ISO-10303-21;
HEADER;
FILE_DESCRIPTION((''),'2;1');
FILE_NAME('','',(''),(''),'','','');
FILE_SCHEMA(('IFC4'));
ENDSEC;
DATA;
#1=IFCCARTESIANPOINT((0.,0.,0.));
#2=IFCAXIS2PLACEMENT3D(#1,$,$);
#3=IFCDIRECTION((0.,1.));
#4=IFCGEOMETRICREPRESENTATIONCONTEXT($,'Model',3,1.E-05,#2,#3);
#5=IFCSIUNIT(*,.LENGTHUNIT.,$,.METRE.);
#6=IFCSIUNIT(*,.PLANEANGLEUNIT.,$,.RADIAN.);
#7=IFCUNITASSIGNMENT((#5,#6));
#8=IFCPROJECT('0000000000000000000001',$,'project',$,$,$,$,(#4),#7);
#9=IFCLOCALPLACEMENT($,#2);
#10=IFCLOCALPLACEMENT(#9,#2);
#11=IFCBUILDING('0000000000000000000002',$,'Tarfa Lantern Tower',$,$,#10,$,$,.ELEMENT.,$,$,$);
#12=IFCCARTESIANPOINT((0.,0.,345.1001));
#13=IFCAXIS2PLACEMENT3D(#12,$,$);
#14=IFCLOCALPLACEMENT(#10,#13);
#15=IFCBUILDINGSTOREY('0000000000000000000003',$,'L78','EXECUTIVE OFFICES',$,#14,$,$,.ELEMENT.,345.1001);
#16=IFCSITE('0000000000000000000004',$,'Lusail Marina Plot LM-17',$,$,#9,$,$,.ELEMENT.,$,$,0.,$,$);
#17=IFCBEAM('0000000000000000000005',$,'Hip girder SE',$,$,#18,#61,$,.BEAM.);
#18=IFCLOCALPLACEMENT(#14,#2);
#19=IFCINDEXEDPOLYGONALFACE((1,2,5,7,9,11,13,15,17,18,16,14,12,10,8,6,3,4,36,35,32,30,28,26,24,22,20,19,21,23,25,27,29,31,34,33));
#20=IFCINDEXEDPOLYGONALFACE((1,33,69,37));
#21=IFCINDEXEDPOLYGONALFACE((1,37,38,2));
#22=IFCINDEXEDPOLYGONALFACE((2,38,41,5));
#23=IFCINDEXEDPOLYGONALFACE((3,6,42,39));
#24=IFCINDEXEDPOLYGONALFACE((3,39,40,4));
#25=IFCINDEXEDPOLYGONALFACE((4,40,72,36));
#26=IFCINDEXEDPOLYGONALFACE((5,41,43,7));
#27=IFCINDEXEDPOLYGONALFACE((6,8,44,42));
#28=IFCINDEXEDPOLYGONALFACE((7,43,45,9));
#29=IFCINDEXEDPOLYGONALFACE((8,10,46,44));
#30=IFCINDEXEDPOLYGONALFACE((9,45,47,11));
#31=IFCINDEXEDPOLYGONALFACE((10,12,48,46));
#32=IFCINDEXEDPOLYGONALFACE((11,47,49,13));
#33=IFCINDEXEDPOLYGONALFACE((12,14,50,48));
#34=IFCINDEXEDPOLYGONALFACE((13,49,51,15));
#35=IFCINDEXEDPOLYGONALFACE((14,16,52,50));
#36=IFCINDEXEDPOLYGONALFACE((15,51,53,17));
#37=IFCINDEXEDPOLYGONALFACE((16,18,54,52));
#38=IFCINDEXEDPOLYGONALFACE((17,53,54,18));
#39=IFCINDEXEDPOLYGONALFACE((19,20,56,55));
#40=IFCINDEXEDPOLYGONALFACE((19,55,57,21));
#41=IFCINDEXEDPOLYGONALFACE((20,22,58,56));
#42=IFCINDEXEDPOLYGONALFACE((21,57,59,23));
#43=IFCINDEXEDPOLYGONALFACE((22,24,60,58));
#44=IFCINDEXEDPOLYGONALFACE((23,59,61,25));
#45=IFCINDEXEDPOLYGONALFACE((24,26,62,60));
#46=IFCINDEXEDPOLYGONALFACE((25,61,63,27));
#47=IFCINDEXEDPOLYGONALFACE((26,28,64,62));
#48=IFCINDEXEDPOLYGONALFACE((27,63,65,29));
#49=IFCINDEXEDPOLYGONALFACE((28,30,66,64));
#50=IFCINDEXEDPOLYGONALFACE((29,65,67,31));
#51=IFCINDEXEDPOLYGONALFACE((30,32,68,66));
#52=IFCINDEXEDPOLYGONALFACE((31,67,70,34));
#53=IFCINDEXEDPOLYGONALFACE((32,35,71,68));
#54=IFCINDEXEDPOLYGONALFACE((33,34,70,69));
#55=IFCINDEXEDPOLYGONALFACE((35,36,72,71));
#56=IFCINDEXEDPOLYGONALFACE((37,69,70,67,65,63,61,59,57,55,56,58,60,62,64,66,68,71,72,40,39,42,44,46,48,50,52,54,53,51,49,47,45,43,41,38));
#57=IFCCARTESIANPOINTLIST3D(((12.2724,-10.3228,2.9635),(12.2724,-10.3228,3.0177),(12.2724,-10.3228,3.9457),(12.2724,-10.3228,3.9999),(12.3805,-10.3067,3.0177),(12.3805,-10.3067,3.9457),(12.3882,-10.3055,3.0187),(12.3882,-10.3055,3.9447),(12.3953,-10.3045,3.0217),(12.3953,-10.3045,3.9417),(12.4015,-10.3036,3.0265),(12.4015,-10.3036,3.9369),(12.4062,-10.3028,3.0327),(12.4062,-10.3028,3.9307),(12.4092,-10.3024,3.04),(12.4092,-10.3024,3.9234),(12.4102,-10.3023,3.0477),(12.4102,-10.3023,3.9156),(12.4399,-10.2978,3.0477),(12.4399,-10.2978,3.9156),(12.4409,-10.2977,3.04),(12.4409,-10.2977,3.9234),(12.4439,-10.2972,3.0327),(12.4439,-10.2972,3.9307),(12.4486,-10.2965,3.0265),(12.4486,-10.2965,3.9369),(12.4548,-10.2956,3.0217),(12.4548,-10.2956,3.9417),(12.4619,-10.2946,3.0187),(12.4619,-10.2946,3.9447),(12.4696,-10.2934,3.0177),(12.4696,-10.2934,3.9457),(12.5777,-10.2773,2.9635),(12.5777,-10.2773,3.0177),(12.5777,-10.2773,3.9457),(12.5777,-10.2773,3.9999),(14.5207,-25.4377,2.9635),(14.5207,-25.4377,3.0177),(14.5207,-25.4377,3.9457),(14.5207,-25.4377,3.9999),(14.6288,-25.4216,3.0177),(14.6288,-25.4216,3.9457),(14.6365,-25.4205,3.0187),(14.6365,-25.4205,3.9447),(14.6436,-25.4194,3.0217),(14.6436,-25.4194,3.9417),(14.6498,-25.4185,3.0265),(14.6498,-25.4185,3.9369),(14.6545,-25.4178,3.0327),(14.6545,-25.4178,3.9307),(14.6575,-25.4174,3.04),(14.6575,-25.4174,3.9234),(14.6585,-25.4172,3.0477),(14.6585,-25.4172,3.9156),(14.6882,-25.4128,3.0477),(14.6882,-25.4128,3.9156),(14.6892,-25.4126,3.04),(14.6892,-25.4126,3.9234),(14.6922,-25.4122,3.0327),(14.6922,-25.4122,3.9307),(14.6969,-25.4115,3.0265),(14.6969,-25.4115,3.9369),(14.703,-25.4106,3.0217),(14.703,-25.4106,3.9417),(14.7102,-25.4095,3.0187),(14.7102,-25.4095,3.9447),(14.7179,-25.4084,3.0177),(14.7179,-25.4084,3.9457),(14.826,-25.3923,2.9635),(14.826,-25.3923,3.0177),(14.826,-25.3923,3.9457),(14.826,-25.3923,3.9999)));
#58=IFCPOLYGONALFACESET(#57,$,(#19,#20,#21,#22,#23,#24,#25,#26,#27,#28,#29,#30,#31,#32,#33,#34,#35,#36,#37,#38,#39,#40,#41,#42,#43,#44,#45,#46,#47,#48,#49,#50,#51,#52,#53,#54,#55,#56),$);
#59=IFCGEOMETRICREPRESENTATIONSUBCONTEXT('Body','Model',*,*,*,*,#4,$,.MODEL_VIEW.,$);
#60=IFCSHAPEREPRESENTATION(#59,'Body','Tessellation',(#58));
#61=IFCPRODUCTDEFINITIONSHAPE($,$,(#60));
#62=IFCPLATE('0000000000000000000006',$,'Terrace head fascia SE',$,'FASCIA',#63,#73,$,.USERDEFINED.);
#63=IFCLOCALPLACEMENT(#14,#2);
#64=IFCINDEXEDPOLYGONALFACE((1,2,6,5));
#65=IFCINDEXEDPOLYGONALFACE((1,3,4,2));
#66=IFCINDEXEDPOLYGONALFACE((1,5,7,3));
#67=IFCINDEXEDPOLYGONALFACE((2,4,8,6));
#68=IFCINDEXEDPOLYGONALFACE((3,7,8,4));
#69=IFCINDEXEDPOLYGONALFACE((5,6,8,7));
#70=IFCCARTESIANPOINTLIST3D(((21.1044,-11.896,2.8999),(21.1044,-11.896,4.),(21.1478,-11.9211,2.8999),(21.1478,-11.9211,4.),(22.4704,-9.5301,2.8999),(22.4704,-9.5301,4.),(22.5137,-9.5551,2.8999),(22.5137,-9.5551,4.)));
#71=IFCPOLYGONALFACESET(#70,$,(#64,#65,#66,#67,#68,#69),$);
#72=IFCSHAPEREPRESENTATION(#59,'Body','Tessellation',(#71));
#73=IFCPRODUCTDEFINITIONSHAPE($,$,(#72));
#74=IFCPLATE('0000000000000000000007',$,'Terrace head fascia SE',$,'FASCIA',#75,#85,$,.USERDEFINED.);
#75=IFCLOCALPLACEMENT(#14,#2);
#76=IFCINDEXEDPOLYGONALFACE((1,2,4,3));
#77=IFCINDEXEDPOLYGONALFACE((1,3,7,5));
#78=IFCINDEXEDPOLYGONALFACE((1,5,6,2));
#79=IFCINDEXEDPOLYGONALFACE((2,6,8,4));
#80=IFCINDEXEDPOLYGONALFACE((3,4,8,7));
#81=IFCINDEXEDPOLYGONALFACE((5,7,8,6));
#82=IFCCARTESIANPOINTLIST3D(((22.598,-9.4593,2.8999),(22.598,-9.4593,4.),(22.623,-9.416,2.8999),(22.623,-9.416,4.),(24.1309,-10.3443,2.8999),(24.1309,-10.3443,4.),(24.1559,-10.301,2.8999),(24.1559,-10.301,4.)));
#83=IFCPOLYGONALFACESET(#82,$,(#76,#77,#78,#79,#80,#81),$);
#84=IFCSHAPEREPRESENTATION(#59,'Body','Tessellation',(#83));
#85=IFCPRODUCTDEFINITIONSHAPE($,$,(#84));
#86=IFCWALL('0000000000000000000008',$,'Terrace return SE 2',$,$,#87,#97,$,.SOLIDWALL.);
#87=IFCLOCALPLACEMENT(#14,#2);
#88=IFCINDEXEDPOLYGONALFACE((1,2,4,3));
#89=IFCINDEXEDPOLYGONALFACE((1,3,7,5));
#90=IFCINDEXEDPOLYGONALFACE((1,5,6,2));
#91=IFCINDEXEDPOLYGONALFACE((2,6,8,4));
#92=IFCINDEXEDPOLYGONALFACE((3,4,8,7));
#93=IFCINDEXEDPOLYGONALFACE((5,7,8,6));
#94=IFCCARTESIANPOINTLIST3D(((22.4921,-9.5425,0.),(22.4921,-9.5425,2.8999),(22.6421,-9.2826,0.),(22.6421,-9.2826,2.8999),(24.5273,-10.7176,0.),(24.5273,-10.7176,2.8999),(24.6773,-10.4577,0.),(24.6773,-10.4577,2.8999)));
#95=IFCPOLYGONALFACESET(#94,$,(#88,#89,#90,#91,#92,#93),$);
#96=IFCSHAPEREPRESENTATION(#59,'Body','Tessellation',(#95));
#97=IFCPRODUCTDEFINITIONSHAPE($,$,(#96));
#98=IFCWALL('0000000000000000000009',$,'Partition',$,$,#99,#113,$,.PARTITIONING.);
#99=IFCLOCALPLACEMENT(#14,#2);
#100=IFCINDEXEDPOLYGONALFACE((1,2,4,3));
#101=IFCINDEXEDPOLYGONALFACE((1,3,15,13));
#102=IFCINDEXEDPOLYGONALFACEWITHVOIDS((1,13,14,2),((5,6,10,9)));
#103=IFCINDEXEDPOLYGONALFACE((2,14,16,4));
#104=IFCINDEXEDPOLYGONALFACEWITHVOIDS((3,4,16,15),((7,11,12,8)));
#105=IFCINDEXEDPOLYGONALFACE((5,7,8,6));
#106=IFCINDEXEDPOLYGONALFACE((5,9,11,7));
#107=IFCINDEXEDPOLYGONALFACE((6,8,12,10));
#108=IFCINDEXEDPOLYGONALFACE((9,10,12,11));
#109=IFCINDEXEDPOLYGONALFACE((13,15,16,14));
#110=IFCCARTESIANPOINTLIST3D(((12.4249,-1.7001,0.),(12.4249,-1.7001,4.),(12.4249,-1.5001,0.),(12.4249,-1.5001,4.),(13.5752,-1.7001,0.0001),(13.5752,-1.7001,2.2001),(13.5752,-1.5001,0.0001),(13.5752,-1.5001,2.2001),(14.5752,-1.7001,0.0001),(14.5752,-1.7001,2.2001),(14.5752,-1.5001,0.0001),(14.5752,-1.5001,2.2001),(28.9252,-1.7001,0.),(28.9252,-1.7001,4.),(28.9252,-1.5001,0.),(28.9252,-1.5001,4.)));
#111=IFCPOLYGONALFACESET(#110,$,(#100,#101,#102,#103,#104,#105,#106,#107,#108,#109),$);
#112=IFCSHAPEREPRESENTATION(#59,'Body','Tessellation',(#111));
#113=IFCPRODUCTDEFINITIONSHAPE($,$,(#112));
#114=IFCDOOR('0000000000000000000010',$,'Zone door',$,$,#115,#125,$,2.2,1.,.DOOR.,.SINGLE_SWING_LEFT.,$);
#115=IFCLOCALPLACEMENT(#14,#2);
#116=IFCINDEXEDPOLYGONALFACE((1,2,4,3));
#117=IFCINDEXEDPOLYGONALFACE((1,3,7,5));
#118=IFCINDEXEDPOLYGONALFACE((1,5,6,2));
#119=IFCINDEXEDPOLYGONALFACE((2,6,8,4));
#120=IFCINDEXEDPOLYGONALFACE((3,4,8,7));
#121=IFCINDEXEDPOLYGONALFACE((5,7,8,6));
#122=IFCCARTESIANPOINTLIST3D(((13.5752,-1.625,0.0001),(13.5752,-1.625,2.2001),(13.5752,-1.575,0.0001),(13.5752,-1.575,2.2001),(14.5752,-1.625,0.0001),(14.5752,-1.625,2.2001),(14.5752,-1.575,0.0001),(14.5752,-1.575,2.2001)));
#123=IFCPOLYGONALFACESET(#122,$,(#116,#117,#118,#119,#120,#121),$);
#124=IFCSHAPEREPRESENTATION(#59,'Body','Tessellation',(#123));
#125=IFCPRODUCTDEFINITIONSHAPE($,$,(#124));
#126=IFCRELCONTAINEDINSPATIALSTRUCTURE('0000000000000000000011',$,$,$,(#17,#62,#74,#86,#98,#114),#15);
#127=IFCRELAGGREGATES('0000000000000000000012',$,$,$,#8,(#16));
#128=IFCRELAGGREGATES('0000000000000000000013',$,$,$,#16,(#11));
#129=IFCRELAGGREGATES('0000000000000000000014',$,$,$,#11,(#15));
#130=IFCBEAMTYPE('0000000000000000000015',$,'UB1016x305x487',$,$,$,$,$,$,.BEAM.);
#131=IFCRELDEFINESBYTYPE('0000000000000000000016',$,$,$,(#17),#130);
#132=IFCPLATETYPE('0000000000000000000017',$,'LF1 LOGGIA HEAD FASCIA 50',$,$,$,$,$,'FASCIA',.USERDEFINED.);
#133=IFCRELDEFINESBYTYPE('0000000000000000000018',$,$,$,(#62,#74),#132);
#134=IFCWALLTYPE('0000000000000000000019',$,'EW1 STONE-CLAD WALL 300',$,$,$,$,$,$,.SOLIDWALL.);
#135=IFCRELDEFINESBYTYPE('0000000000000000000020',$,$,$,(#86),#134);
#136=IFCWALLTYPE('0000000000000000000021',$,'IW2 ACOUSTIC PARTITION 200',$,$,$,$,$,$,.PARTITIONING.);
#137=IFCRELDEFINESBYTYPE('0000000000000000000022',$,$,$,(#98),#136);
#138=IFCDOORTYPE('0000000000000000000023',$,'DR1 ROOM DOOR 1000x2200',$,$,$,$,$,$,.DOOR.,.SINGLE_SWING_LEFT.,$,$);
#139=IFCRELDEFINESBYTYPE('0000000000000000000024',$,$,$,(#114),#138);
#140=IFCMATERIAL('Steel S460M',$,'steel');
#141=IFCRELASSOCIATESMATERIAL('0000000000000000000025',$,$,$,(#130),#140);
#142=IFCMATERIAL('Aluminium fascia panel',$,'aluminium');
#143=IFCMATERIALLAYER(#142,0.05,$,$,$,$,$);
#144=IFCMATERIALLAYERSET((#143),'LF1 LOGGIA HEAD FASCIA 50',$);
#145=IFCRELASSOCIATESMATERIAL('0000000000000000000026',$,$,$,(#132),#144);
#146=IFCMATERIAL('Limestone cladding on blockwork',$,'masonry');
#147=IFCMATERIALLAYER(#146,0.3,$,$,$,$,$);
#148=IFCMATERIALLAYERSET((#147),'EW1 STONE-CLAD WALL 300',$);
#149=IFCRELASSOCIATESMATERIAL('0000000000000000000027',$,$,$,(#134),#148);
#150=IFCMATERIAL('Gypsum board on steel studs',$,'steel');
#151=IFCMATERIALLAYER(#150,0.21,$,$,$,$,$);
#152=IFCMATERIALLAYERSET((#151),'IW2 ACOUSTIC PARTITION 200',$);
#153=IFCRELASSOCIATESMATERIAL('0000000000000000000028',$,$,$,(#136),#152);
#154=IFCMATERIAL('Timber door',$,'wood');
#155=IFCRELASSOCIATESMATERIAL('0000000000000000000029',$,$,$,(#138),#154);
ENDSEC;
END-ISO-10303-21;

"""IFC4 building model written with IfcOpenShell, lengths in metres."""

from ifc_helpers import new_model, si_unit, direction, frame, frame_2d, origin, origin_2d, place, context, subcontext, project, spatial, rectangle, i_section, extrude, material, layer, layer_set, material_profile, profile_set, type_object, element, fill, save


model = new_model("IFC4")

# Units and contexts
model_context = context("Model", 3, precision=1e-05, world=origin(), true_north=direction((0.0, 1.0)))
body_context = subcontext(model_context, "Body", "Model", "MODEL_VIEW")
ifc_project = project(units=[si_unit("LENGTHUNIT", "METRE"), si_unit("PLANEANGLEUNIT", "RADIAN")], contexts=[model_context])

# Site, building, storey
site_placement = place(None, origin())
site = spatial("IfcSite", under=ifc_project, at=site_placement, Name="Lusail Marina Plot LM-17", CompositionType="ELEMENT", RefElevation=0.0)
building_placement = place(site_placement, origin())
building = spatial("IfcBuilding", under=site, at=building_placement, Name="Tarfa Lantern Tower", CompositionType="ELEMENT")
storey_placement = place(building_placement, frame((0.0, 0.0, 345.1001)))
storey = spatial("IfcBuildingStorey", under=building, at=storey_placement, Name="L78", Description="EXECUTIVE OFFICES", CompositionType="ELEMENT", Elevation=345.1001)

# Beam
ifc_material_1 = material(Name="Steel S460M", Category="steel")
ifc_material_profile = material_profile(ifc_material_1, i_section(OverallWidth=0.3086, OverallDepth=1.0364, WebThickness=0.03, FlangeThickness=0.0542, FilletRadius=0.03, at=origin_2d()), Name="UB1016x305x487")
ifc_profile_set = profile_set([ifc_material_profile], Name="Steel S460M")
beam_type = type_object("IfcBeamType", Name="UB1016x305x487", PredefinedType="BEAM", material=ifc_profile_set)
beam_placement = place(storey_placement, frame((12.425, -10.3, 3.4817), z_axis=(0.147127, -0.989118, 0.0), x_axis=(0.989118, 0.147127, 0.0)))
element("IfcBeam", 1, at=beam_placement, inside=storey, type_object=beam_type, Name="Hip girder SE", PredefinedType="BEAM", context=body_context, shape_type="SweptSolid", body=[
    extrude(i_section(OverallWidth=0.3086, OverallDepth=1.0364, WebThickness=0.03, FlangeThickness=0.0542, FilletRadius=0.03, at=origin_2d()), origin(), (0.0, 0.0, 1.0), 15.2812),
])

# Plates
ifc_material_2 = material(Name="Aluminium fascia panel", Category="aluminium")
ifc_layer_1 = layer(ifc_material_2, 0.05)
ifc_layer_set_1 = layer_set([ifc_layer_1], Name="LF1 LOGGIA HEAD FASCIA 50")
plate_type = type_object("IfcPlateType", Name="LF1 LOGGIA HEAD FASCIA 50", ElementType="FASCIA", PredefinedType="USERDEFINED", material=ifc_layer_set_1)
plate_1_placement = place(storey_placement, frame((21.8091, -10.7256, 2.8999), z_axis=(0.0, 0.0, 1.0), x_axis=(0.5, 0.866025, 0.0)))
element("IfcPlate", 2, at=plate_1_placement, inside=storey, type_object=plate_type, Name="Terrace head fascia SE", ObjectType="FASCIA", PredefinedType="USERDEFINED", context=body_context, shape_type="SweptSolid", body=[
    extrude(rectangle(XDim=2.7319, YDim=0.05, at=origin_2d()), origin(), (0.0, 0.0, 1.0), 1.1001),
])
plate_2_placement = place(storey_placement, frame((23.377, -9.8801, 2.8999), z_axis=(0.0, 0.0, 1.0), x_axis=(-0.866025, 0.5, 0.0)))
element("IfcPlate", 3, at=plate_2_placement, inside=storey, type_object=plate_type, Name="Terrace head fascia SE", ObjectType="FASCIA", PredefinedType="USERDEFINED", context=body_context, shape_type="SweptSolid", body=[
    extrude(rectangle(XDim=1.77, YDim=0.05, at=origin_2d()), origin(), (0.0, 0.0, 1.0), 1.1001),
])

# Wall
ifc_material_3 = material(Name="Limestone cladding on blockwork", Category="masonry")
ifc_layer_2 = layer(ifc_material_3, 0.3)
ifc_layer_set_2 = layer_set([ifc_layer_2], Name="EW1 STONE-CLAD WALL 300")
wall_type_1 = type_object("IfcWallType", Name="EW1 STONE-CLAD WALL 300", PredefinedType="SOLIDWALL", material=ifc_layer_set_2)
wall_1_placement = place(storey_placement, frame((24.6023, -10.5876, 0.0), z_axis=(0.0, 0.0, 1.0), x_axis=(-0.866016, 0.500016, 0.0)))
element("IfcWall", 4, at=wall_1_placement, inside=storey, type_object=wall_type_1, Name="Terrace return SE 2", PredefinedType="SOLIDWALL", context=body_context, shape_type="SweptSolid", body=[
    extrude(rectangle(XDim=2.3501, YDim=0.3, at=frame_2d((1.175, 0.0))), origin(), (0.0, 0.0, 1.0), 2.8999),
])

# Wall, opening, door
ifc_material_4 = material(Name="Gypsum board on steel studs", Category="steel")
ifc_layer_3 = layer(ifc_material_4, 0.21)
ifc_layer_set_3 = layer_set([ifc_layer_3], Name="IW2 ACOUSTIC PARTITION 200")
wall_type_2 = type_object("IfcWallType", Name="IW2 ACOUSTIC PARTITION 200", PredefinedType="PARTITIONING", material=ifc_layer_set_3)
wall_2_placement = place(storey_placement, frame((12.425, -1.6001, 0.0), z_axis=(0.0, 0.0, 1.0), x_axis=(1.0, 0.0, 0.0)))
wall_2 = element("IfcWall", 5, at=wall_2_placement, inside=storey, type_object=wall_type_2, Name="Partition", PredefinedType="PARTITIONING", context=body_context, shape_type="SweptSolid", body=[
    extrude(rectangle(XDim=16.5002, YDim=0.2, at=frame_2d((8.25, 0.0))), origin(), (0.0, 0.0, 1.0), 4.0),
])
opening_1_placement = place(wall_2_placement, frame((1.1501, 0.0, 0.0)))
opening_1 = element("IfcOpeningElement", 6, at=opening_1_placement, cuts=wall_2, PredefinedType="OPENING", context=body_context, shape_type="SweptSolid", body=[
    extrude(rectangle(XDim=1.0, YDim=2.2, at=frame_2d((0.5, 1.1001))), frame((0.0, 0.1099, 0.0), z_axis=(0.0, -1.0, 0.0), x_axis=(1.0, 0.0, 0.0)), (0.0, 0.0, 1.0), 0.22),
])
ifc_material_5 = material(Name="Timber door", Category="wood")
door_type_1 = type_object("IfcDoorType", Name="DR1 ROOM DOOR 1000x2200", OperationType="SINGLE_SWING_LEFT", PredefinedType="DOOR", material=ifc_material_5)
door_1_placement = place(opening_1_placement, frame((1.0, 0.0, 0.0), z_axis=(0.0, 0.0, 1.0), x_axis=(-1.0, 0.0, 0.0)))
door_1 = element("IfcDoor", 7, at=door_1_placement, inside=storey, type_object=door_type_1, Name="Zone door", OperationType="SINGLE_SWING_LEFT", OverallHeight=2.2, OverallWidth=1.0, PredefinedType="DOOR", context=body_context, shape_type="SweptSolid", body=[
    extrude(rectangle(XDim=1.0, YDim=2.2, at=frame_2d((0.5, 1.1001))), frame((0.0, 0.0249, 0.0), z_axis=(0.0, -1.0, 0.0), x_axis=(1.0, 0.0, 0.0)), (0.0, 0.0, 1.0), 0.05),
])
fill(opening_1, door_1)

save(model, "model.ifc")
